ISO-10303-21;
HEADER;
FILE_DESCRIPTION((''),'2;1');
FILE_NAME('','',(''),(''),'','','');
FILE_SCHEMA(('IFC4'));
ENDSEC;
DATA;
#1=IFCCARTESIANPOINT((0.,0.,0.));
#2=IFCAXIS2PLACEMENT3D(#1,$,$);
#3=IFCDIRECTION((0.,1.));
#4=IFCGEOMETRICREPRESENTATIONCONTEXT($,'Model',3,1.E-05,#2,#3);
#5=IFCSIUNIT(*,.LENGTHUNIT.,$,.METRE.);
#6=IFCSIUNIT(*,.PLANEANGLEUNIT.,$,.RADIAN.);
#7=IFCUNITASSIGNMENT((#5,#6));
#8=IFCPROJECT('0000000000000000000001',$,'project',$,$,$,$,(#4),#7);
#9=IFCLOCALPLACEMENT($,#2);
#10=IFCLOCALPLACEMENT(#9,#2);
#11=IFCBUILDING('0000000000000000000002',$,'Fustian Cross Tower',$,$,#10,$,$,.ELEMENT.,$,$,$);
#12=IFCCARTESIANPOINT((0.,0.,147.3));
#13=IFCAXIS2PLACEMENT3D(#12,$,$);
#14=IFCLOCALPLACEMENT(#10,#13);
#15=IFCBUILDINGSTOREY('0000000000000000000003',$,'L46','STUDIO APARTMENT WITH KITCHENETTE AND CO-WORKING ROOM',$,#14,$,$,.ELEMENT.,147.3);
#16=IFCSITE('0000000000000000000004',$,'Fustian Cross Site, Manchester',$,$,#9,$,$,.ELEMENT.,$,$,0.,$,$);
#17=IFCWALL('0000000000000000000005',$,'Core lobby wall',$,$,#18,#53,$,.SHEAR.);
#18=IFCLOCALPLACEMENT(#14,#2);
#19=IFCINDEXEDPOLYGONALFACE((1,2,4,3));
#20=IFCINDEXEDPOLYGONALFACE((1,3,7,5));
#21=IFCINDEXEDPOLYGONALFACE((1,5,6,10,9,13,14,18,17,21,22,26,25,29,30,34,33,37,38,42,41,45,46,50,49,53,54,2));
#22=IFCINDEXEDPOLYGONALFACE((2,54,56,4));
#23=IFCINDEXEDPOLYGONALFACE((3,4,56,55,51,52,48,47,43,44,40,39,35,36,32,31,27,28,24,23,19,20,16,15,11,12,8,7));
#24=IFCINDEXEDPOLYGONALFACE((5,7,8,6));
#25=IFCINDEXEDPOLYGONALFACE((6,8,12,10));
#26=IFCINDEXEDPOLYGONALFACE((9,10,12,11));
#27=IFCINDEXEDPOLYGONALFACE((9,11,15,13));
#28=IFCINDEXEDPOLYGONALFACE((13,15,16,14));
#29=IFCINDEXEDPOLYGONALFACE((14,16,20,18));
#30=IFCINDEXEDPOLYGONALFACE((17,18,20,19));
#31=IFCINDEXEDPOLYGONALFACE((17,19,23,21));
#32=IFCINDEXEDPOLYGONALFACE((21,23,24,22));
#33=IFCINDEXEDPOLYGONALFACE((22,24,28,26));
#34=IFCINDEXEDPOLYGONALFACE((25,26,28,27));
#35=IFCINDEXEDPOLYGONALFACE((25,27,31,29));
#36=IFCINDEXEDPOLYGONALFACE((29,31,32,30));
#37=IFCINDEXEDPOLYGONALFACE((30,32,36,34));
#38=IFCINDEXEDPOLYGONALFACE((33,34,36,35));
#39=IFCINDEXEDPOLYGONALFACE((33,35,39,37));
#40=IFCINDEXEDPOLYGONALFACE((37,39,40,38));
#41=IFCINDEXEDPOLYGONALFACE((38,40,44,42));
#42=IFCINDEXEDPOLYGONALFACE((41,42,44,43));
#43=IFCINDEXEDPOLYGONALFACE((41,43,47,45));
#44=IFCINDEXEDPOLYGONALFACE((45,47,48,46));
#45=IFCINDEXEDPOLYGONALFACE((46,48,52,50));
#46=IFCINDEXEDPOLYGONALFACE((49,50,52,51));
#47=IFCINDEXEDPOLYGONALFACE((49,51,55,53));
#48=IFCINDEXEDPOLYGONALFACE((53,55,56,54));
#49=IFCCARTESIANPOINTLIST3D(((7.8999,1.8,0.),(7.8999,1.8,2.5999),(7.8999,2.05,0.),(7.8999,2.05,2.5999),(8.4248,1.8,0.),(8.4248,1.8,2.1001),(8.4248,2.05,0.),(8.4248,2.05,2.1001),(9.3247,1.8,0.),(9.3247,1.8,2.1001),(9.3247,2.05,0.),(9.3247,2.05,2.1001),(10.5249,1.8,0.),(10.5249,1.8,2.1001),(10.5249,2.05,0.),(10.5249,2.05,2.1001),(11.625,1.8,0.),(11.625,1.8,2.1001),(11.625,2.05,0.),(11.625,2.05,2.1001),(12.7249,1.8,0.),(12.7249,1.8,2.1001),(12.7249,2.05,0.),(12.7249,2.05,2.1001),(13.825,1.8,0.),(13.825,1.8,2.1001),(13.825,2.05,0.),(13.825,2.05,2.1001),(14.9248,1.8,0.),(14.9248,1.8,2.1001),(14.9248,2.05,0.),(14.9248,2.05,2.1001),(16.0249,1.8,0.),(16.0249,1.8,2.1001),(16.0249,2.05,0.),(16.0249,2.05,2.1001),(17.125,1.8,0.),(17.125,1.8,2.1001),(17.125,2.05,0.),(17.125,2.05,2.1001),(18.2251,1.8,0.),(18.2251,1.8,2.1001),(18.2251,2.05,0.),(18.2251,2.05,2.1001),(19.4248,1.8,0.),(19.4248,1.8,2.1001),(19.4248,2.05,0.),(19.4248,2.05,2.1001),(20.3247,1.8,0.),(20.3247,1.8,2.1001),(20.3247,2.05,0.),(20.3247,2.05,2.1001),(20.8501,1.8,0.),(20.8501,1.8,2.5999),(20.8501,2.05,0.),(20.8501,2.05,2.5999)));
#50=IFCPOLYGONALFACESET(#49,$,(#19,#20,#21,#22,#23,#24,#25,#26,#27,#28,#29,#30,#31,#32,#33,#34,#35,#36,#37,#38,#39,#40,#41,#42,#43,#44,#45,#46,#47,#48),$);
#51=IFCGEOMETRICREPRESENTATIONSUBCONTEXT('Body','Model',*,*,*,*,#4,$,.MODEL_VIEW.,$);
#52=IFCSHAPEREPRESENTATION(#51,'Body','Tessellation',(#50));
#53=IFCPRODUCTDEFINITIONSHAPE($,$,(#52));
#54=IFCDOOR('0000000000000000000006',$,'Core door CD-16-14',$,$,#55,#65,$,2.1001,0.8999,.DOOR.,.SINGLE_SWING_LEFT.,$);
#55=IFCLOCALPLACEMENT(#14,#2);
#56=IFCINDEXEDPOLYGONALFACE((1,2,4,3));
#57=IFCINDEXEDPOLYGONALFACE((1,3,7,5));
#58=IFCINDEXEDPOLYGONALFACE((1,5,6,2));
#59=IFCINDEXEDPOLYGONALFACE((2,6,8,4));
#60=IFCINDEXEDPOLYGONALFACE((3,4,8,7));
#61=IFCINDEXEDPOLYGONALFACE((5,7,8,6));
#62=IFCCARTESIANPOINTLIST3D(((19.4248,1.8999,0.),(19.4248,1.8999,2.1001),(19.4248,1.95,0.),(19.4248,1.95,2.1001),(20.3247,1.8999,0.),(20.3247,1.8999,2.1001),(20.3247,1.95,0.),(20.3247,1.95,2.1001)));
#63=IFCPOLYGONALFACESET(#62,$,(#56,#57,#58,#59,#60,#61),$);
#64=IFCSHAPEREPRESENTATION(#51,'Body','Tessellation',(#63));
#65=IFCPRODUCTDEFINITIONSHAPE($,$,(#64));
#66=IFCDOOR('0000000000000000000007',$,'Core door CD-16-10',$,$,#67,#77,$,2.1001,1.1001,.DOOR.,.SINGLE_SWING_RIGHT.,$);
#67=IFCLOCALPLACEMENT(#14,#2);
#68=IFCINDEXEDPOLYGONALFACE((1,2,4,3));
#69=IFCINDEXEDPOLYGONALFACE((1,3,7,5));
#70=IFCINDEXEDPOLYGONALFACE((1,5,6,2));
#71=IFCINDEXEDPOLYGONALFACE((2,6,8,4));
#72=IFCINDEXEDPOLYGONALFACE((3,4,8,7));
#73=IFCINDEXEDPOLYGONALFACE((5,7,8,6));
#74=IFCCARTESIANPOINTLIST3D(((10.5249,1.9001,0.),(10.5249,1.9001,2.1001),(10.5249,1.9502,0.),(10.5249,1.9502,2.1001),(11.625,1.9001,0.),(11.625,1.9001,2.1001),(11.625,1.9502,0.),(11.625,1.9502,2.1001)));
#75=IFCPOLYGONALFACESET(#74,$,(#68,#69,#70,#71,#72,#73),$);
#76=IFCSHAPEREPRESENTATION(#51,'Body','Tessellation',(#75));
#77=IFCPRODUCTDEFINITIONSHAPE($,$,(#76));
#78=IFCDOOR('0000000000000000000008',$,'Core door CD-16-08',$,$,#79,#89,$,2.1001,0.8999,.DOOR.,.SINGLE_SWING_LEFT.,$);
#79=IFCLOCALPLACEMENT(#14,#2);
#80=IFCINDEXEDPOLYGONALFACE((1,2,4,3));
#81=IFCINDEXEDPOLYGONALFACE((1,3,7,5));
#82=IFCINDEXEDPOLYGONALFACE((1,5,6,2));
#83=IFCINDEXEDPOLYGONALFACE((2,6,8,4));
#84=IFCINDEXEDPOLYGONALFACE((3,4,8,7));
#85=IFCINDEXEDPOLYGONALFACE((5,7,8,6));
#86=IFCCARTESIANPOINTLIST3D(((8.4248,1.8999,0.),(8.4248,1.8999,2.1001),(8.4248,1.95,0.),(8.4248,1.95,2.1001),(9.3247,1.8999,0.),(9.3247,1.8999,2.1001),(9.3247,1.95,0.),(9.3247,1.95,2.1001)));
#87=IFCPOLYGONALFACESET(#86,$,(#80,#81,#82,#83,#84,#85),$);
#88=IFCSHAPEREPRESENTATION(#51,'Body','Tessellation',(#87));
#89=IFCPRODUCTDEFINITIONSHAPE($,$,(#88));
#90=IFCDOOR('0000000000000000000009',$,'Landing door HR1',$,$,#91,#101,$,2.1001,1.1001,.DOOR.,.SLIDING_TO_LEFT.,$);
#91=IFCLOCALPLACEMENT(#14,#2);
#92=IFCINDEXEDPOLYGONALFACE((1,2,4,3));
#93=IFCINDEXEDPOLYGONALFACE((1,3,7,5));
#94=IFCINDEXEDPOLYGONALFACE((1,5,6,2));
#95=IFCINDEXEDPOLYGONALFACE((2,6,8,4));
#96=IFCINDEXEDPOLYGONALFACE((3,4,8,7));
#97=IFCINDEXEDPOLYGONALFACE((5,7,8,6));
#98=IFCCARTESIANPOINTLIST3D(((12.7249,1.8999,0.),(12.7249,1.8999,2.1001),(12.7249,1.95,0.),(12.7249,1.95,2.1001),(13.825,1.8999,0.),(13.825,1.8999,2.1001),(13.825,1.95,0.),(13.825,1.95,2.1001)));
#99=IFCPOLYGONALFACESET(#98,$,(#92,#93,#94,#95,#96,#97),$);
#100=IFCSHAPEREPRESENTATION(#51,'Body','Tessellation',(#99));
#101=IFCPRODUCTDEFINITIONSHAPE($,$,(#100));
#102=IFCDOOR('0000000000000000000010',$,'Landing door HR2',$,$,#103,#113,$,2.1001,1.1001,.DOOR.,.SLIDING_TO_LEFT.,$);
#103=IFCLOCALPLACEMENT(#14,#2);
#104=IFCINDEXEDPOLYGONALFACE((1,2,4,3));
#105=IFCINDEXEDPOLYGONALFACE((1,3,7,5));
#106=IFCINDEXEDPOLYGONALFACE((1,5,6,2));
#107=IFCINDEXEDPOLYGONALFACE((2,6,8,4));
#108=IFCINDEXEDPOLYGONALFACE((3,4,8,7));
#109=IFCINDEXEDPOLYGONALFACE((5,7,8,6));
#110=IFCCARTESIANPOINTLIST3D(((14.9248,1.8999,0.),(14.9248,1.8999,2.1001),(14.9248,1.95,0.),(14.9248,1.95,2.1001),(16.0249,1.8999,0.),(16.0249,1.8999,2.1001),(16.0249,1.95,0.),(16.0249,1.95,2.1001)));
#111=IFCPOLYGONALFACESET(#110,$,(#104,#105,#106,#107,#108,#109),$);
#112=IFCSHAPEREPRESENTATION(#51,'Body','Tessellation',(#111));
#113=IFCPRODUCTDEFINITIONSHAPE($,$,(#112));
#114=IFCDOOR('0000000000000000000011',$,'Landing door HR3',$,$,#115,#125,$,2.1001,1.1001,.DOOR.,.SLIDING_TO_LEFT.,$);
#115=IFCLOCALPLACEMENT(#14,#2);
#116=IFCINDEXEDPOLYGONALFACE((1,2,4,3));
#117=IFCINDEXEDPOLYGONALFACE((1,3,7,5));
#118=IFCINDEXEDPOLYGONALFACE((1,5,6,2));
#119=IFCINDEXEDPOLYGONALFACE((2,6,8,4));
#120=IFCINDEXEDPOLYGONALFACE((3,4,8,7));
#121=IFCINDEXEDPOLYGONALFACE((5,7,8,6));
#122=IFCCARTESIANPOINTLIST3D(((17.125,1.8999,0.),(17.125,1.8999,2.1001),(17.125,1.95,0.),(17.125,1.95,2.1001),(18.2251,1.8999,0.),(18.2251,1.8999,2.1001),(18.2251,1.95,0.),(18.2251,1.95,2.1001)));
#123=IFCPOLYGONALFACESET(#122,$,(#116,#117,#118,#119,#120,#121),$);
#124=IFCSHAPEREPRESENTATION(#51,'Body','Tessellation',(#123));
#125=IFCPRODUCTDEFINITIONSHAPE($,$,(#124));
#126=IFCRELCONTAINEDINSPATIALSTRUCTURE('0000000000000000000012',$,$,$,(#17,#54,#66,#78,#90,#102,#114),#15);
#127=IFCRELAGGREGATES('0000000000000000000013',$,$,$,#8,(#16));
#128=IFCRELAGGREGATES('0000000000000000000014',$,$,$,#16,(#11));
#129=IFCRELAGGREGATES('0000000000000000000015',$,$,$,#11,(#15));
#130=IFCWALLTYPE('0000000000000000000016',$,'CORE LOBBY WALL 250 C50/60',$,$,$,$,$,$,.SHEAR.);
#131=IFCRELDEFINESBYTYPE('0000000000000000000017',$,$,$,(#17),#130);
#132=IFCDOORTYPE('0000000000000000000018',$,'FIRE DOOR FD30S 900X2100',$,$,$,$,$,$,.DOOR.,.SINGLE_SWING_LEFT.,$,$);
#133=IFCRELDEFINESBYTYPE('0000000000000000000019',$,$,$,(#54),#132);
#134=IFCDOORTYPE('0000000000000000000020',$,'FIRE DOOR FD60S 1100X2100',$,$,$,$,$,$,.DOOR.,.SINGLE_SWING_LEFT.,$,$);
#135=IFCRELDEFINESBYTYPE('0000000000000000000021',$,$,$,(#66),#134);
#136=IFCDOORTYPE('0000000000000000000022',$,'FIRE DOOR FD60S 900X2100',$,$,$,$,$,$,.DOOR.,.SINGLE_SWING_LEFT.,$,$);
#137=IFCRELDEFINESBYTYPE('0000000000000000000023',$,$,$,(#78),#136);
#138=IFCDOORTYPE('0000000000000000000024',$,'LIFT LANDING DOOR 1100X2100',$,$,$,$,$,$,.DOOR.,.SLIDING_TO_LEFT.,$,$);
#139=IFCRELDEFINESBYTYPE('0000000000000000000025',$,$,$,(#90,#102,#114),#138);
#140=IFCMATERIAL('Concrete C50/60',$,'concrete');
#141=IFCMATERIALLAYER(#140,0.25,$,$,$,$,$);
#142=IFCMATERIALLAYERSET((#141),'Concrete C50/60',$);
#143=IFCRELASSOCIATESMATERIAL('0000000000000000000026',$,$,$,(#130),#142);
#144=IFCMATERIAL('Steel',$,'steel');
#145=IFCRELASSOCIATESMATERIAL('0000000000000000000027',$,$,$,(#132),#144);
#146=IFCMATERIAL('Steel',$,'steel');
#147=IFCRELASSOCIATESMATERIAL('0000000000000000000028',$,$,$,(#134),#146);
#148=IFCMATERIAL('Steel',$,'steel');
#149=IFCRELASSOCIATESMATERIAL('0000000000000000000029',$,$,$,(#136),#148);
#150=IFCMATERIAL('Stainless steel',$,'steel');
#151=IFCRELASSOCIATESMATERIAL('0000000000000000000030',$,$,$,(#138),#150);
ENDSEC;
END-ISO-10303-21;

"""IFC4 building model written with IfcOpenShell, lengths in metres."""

from ifc_helpers import new_model, si_unit, direction, frame, frame_2d, origin, place, context, subcontext, project, spatial, rectangle, extrude, material, layer, layer_set, type_object, element, fill, save


model = new_model("IFC4")

# Units and contexts
model_context = context("Model", 3, precision=1e-05, world=origin(), true_north=direction((0.0, 1.0)))
body_context = subcontext(model_context, "Body", "Model", "MODEL_VIEW")
ifc_project = project(units=[si_unit("LENGTHUNIT", "METRE"), si_unit("PLANEANGLEUNIT", "RADIAN")], contexts=[model_context])

# Site, building, storey
site_placement = place(None, origin())
site = spatial("IfcSite", under=ifc_project, at=site_placement, Name="Fustian Cross Site, Manchester", CompositionType="ELEMENT", RefElevation=0.0)
building_placement = place(site_placement, origin())
building = spatial("IfcBuilding", under=site, at=building_placement, Name="Fustian Cross Tower", CompositionType="ELEMENT")
storey_placement = place(building_placement, frame((0.0, 0.0, 147.3)))
storey = spatial("IfcBuildingStorey", under=building, at=storey_placement, Name="L46", Description="STUDIO APARTMENT WITH KITCHENETTE AND CO-WORKING ROOM", CompositionType="ELEMENT", Elevation=147.3)

# Wall, openings, doors
ifc_material_1 = material(Name="Concrete C50/60", Category="concrete")
ifc_layer_1 = layer(ifc_material_1, 0.25)
ifc_layer_set_1 = layer_set([ifc_layer_1], Name="Concrete C50/60")
wall_type = type_object("IfcWallType", Name="CORE LOBBY WALL 250 C50/60", PredefinedType="SHEAR", material=ifc_layer_set_1)
wall_placement = place(storey_placement, frame((7.8999, 1.925, 0.0), z_axis=(0.0, 0.0, 1.0), x_axis=(1.0, 0.0, 0.0)))
wall = element("IfcWall", 1, at=wall_placement, inside=storey, type_object=wall_type, Name="Core lobby wall", PredefinedType="SHEAR", context=body_context, shape_type="SweptSolid", body=[
    extrude(rectangle(XDim=12.9502, YDim=0.25, at=frame_2d((6.4751, 0.0))), origin(), (0.0, 0.0, 1.0), 2.5999),
])
opening_1_placement = place(wall_placement, frame((4.825, 0.0, 0.0)))
opening_1 = element("IfcOpeningElement", 2, at=opening_1_placement, cuts=wall, PredefinedType="OPENING", context=body_context, shape_type="SweptSolid", body=[
    extrude(rectangle(XDim=1.1001, YDim=2.1001, at=frame_2d((0.55, 1.05))), frame((0.0, 0.135, 0.0), z_axis=(0.0, -1.0, 0.0), x_axis=(1.0, 0.0, 0.0)), (0.0, 0.0, 1.0), 0.27),
])
opening_2_placement = place(wall_placement, frame((7.0249, 0.0, 0.0)))
opening_2 = element("IfcOpeningElement", 3, at=opening_2_placement, cuts=wall, PredefinedType="OPENING", context=body_context, shape_type="SweptSolid", body=[
    extrude(rectangle(XDim=1.1001, YDim=2.1001, at=frame_2d((0.55, 1.05))), frame((0.0, 0.135, 0.0), z_axis=(0.0, -1.0, 0.0), x_axis=(1.0, 0.0, 0.0)), (0.0, 0.0, 1.0), 0.27),
])
opening_3_placement = place(wall_placement, frame((9.2251, 0.0, 0.0)))
opening_3 = element("IfcOpeningElement", 4, at=opening_3_placement, cuts=wall, PredefinedType="OPENING", context=body_context, shape_type="SweptSolid", body=[
    extrude(rectangle(XDim=1.1001, YDim=2.1001, at=frame_2d((0.55, 1.05))), frame((0.0, 0.135, 0.0), z_axis=(0.0, -1.0, 0.0), x_axis=(1.0, 0.0, 0.0)), (0.0, 0.0, 1.0), 0.27),
])
opening_4_placement = place(wall_placement, frame((0.5249, 0.0, 0.0)))
opening_4 = element("IfcOpeningElement", 5, at=opening_4_placement, cuts=wall, PredefinedType="OPENING", context=body_context, shape_type="SweptSolid", body=[
    extrude(rectangle(XDim=0.8999, YDim=2.1001, at=frame_2d((0.45, 1.05))), frame((0.0, 0.135, 0.0), z_axis=(0.0, -1.0, 0.0), x_axis=(1.0, 0.0, 0.0)), (0.0, 0.0, 1.0), 0.27),
])
opening_5_placement = place(wall_placement, frame((2.625, 0.0, 0.0)))
opening_5 = element("IfcOpeningElement", 6, at=opening_5_placement, cuts=wall, PredefinedType="OPENING", context=body_context, shape_type="SweptSolid", body=[
    extrude(rectangle(XDim=1.1001, YDim=2.1001, at=frame_2d((0.55, 1.05))), frame((0.0, 0.135, 0.0), z_axis=(0.0, -1.0, 0.0), x_axis=(1.0, 0.0, 0.0)), (0.0, 0.0, 1.0), 0.27),
])
opening_6_placement = place(wall_placement, frame((11.5249, 0.0, 0.0)))
opening_6 = element("IfcOpeningElement", 7, at=opening_6_placement, cuts=wall, PredefinedType="OPENING", context=body_context, shape_type="SweptSolid", body=[
    extrude(rectangle(XDim=0.8999, YDim=2.1001, at=frame_2d((0.45, 1.05))), frame((0.0, 0.135, 0.0), z_axis=(0.0, -1.0, 0.0), x_axis=(1.0, 0.0, 0.0)), (0.0, 0.0, 1.0), 0.27),
])
ifc_material_2 = material(Name="Steel", Category="steel")
door_type_1 = type_object("IfcDoorType", Name="FIRE DOOR FD30S 900X2100", OperationType="SINGLE_SWING_LEFT", PredefinedType="DOOR", material=ifc_material_2)
door_1_placement = place(opening_6_placement, origin())
door_1 = element("IfcDoor", 8, at=door_1_placement, inside=storey, type_object=door_type_1, Name="Core door CD-16-14", OperationType="SINGLE_SWING_LEFT", OverallHeight=2.1001, OverallWidth=0.8999, PredefinedType="DOOR", context=body_context, shape_type="SweptSolid", body=[
    extrude(rectangle(XDim=0.8999, YDim=2.1001, at=frame_2d((0.45, 1.05))), frame((0.0, 0.0249, 0.0), z_axis=(0.0, -1.0, 0.0), x_axis=(1.0, 0.0, 0.0)), (0.0, 0.0, 1.0), 0.05),
])
fill(opening_6, door_1)
ifc_material_3 = material(Name="Steel", Category="steel")
door_type_2 = type_object("IfcDoorType", Name="FIRE DOOR FD60S 1100X2100", OperationType="SINGLE_SWING_LEFT", PredefinedType="DOOR", material=ifc_material_3)
door_2_placement = place(opening_5_placement, frame((1.1001, 0.0, 0.0), z_axis=(0.0, 0.0, 1.0), x_axis=(-1.0, 0.0, 0.0)))
door_2 = element("IfcDoor", 9, at=door_2_placement, inside=storey, type_object=door_type_2, Name="Core door CD-16-10", OperationType="SINGLE_SWING_RIGHT", OverallHeight=2.1001, OverallWidth=1.1001, PredefinedType="DOOR", context=body_context, shape_type="SweptSolid", body=[
    extrude(rectangle(XDim=1.1001, YDim=2.1001, at=frame_2d((0.55, 1.05))), frame((0.0, 0.0249, 0.0), z_axis=(0.0, -1.0, 0.0), x_axis=(1.0, 0.0, 0.0)), (0.0, 0.0, 1.0), 0.05),
])
fill(opening_5, door_2)
ifc_material_4 = material(Name="Steel", Category="steel")
door_type_3 = type_object("IfcDoorType", Name="FIRE DOOR FD60S 900X2100", OperationType="SINGLE_SWING_LEFT", PredefinedType="DOOR", material=ifc_material_4)
door_3_placement = place(opening_4_placement, origin())
door_3 = element("IfcDoor", 10, at=door_3_placement, inside=storey, type_object=door_type_3, Name="Core door CD-16-08", OperationType="SINGLE_SWING_LEFT", OverallHeight=2.1001, OverallWidth=0.8999, PredefinedType="DOOR", context=body_context, shape_type="SweptSolid", body=[
    extrude(rectangle(XDim=0.8999, YDim=2.1001, at=frame_2d((0.45, 1.05))), frame((0.0, 0.0249, 0.0), z_axis=(0.0, -1.0, 0.0), x_axis=(1.0, 0.0, 0.0)), (0.0, 0.0, 1.0), 0.05),
])
fill(opening_4, door_3)
ifc_material_5 = material(Name="Stainless steel", Category="steel")
door_type_4 = type_object("IfcDoorType", Name="LIFT LANDING DOOR 1100X2100", OperationType="SLIDING_TO_LEFT", PredefinedType="DOOR", material=ifc_material_5)
door_4_placement = place(opening_1_placement, origin())
door_4 = element("IfcDoor", 11, at=door_4_placement, inside=storey, type_object=door_type_4, Name="Landing door HR1", OperationType="SLIDING_TO_LEFT", OverallHeight=2.1001, OverallWidth=1.1001, PredefinedType="DOOR", context=body_context, shape_type="SweptSolid", body=[
    extrude(rectangle(XDim=1.1001, YDim=2.1001, at=frame_2d((0.55, 1.05))), frame((0.0, 0.0249, 0.0), z_axis=(0.0, -1.0, 0.0), x_axis=(1.0, 0.0, 0.0)), (0.0, 0.0, 1.0), 0.05),
])
fill(opening_1, door_4)
door_5_placement = place(opening_2_placement, origin())
door_5 = element("IfcDoor", 12, at=door_5_placement, inside=storey, type_object=door_type_4, Name="Landing door HR2", OperationType="SLIDING_TO_LEFT", OverallHeight=2.1001, OverallWidth=1.1001, PredefinedType="DOOR", context=body_context, shape_type="SweptSolid", body=[
    extrude(rectangle(XDim=1.1001, YDim=2.1001, at=frame_2d((0.55, 1.05))), frame((0.0, 0.0249, 0.0), z_axis=(0.0, -1.0, 0.0), x_axis=(1.0, 0.0, 0.0)), (0.0, 0.0, 1.0), 0.05),
])
fill(opening_2, door_5)
door_6_placement = place(opening_3_placement, origin())
door_6 = element("IfcDoor", 13, at=door_6_placement, inside=storey, type_object=door_type_4, Name="Landing door HR3", OperationType="SLIDING_TO_LEFT", OverallHeight=2.1001, OverallWidth=1.1001, PredefinedType="DOOR", context=body_context, shape_type="SweptSolid", body=[
    extrude(rectangle(XDim=1.1001, YDim=2.1001, at=frame_2d((0.55, 1.05))), frame((0.0, 0.0249, 0.0), z_axis=(0.0, -1.0, 0.0), x_axis=(1.0, 0.0, 0.0)), (0.0, 0.0, 1.0), 0.05),
])
fill(opening_3, door_6)

save(model, "model.ifc")
